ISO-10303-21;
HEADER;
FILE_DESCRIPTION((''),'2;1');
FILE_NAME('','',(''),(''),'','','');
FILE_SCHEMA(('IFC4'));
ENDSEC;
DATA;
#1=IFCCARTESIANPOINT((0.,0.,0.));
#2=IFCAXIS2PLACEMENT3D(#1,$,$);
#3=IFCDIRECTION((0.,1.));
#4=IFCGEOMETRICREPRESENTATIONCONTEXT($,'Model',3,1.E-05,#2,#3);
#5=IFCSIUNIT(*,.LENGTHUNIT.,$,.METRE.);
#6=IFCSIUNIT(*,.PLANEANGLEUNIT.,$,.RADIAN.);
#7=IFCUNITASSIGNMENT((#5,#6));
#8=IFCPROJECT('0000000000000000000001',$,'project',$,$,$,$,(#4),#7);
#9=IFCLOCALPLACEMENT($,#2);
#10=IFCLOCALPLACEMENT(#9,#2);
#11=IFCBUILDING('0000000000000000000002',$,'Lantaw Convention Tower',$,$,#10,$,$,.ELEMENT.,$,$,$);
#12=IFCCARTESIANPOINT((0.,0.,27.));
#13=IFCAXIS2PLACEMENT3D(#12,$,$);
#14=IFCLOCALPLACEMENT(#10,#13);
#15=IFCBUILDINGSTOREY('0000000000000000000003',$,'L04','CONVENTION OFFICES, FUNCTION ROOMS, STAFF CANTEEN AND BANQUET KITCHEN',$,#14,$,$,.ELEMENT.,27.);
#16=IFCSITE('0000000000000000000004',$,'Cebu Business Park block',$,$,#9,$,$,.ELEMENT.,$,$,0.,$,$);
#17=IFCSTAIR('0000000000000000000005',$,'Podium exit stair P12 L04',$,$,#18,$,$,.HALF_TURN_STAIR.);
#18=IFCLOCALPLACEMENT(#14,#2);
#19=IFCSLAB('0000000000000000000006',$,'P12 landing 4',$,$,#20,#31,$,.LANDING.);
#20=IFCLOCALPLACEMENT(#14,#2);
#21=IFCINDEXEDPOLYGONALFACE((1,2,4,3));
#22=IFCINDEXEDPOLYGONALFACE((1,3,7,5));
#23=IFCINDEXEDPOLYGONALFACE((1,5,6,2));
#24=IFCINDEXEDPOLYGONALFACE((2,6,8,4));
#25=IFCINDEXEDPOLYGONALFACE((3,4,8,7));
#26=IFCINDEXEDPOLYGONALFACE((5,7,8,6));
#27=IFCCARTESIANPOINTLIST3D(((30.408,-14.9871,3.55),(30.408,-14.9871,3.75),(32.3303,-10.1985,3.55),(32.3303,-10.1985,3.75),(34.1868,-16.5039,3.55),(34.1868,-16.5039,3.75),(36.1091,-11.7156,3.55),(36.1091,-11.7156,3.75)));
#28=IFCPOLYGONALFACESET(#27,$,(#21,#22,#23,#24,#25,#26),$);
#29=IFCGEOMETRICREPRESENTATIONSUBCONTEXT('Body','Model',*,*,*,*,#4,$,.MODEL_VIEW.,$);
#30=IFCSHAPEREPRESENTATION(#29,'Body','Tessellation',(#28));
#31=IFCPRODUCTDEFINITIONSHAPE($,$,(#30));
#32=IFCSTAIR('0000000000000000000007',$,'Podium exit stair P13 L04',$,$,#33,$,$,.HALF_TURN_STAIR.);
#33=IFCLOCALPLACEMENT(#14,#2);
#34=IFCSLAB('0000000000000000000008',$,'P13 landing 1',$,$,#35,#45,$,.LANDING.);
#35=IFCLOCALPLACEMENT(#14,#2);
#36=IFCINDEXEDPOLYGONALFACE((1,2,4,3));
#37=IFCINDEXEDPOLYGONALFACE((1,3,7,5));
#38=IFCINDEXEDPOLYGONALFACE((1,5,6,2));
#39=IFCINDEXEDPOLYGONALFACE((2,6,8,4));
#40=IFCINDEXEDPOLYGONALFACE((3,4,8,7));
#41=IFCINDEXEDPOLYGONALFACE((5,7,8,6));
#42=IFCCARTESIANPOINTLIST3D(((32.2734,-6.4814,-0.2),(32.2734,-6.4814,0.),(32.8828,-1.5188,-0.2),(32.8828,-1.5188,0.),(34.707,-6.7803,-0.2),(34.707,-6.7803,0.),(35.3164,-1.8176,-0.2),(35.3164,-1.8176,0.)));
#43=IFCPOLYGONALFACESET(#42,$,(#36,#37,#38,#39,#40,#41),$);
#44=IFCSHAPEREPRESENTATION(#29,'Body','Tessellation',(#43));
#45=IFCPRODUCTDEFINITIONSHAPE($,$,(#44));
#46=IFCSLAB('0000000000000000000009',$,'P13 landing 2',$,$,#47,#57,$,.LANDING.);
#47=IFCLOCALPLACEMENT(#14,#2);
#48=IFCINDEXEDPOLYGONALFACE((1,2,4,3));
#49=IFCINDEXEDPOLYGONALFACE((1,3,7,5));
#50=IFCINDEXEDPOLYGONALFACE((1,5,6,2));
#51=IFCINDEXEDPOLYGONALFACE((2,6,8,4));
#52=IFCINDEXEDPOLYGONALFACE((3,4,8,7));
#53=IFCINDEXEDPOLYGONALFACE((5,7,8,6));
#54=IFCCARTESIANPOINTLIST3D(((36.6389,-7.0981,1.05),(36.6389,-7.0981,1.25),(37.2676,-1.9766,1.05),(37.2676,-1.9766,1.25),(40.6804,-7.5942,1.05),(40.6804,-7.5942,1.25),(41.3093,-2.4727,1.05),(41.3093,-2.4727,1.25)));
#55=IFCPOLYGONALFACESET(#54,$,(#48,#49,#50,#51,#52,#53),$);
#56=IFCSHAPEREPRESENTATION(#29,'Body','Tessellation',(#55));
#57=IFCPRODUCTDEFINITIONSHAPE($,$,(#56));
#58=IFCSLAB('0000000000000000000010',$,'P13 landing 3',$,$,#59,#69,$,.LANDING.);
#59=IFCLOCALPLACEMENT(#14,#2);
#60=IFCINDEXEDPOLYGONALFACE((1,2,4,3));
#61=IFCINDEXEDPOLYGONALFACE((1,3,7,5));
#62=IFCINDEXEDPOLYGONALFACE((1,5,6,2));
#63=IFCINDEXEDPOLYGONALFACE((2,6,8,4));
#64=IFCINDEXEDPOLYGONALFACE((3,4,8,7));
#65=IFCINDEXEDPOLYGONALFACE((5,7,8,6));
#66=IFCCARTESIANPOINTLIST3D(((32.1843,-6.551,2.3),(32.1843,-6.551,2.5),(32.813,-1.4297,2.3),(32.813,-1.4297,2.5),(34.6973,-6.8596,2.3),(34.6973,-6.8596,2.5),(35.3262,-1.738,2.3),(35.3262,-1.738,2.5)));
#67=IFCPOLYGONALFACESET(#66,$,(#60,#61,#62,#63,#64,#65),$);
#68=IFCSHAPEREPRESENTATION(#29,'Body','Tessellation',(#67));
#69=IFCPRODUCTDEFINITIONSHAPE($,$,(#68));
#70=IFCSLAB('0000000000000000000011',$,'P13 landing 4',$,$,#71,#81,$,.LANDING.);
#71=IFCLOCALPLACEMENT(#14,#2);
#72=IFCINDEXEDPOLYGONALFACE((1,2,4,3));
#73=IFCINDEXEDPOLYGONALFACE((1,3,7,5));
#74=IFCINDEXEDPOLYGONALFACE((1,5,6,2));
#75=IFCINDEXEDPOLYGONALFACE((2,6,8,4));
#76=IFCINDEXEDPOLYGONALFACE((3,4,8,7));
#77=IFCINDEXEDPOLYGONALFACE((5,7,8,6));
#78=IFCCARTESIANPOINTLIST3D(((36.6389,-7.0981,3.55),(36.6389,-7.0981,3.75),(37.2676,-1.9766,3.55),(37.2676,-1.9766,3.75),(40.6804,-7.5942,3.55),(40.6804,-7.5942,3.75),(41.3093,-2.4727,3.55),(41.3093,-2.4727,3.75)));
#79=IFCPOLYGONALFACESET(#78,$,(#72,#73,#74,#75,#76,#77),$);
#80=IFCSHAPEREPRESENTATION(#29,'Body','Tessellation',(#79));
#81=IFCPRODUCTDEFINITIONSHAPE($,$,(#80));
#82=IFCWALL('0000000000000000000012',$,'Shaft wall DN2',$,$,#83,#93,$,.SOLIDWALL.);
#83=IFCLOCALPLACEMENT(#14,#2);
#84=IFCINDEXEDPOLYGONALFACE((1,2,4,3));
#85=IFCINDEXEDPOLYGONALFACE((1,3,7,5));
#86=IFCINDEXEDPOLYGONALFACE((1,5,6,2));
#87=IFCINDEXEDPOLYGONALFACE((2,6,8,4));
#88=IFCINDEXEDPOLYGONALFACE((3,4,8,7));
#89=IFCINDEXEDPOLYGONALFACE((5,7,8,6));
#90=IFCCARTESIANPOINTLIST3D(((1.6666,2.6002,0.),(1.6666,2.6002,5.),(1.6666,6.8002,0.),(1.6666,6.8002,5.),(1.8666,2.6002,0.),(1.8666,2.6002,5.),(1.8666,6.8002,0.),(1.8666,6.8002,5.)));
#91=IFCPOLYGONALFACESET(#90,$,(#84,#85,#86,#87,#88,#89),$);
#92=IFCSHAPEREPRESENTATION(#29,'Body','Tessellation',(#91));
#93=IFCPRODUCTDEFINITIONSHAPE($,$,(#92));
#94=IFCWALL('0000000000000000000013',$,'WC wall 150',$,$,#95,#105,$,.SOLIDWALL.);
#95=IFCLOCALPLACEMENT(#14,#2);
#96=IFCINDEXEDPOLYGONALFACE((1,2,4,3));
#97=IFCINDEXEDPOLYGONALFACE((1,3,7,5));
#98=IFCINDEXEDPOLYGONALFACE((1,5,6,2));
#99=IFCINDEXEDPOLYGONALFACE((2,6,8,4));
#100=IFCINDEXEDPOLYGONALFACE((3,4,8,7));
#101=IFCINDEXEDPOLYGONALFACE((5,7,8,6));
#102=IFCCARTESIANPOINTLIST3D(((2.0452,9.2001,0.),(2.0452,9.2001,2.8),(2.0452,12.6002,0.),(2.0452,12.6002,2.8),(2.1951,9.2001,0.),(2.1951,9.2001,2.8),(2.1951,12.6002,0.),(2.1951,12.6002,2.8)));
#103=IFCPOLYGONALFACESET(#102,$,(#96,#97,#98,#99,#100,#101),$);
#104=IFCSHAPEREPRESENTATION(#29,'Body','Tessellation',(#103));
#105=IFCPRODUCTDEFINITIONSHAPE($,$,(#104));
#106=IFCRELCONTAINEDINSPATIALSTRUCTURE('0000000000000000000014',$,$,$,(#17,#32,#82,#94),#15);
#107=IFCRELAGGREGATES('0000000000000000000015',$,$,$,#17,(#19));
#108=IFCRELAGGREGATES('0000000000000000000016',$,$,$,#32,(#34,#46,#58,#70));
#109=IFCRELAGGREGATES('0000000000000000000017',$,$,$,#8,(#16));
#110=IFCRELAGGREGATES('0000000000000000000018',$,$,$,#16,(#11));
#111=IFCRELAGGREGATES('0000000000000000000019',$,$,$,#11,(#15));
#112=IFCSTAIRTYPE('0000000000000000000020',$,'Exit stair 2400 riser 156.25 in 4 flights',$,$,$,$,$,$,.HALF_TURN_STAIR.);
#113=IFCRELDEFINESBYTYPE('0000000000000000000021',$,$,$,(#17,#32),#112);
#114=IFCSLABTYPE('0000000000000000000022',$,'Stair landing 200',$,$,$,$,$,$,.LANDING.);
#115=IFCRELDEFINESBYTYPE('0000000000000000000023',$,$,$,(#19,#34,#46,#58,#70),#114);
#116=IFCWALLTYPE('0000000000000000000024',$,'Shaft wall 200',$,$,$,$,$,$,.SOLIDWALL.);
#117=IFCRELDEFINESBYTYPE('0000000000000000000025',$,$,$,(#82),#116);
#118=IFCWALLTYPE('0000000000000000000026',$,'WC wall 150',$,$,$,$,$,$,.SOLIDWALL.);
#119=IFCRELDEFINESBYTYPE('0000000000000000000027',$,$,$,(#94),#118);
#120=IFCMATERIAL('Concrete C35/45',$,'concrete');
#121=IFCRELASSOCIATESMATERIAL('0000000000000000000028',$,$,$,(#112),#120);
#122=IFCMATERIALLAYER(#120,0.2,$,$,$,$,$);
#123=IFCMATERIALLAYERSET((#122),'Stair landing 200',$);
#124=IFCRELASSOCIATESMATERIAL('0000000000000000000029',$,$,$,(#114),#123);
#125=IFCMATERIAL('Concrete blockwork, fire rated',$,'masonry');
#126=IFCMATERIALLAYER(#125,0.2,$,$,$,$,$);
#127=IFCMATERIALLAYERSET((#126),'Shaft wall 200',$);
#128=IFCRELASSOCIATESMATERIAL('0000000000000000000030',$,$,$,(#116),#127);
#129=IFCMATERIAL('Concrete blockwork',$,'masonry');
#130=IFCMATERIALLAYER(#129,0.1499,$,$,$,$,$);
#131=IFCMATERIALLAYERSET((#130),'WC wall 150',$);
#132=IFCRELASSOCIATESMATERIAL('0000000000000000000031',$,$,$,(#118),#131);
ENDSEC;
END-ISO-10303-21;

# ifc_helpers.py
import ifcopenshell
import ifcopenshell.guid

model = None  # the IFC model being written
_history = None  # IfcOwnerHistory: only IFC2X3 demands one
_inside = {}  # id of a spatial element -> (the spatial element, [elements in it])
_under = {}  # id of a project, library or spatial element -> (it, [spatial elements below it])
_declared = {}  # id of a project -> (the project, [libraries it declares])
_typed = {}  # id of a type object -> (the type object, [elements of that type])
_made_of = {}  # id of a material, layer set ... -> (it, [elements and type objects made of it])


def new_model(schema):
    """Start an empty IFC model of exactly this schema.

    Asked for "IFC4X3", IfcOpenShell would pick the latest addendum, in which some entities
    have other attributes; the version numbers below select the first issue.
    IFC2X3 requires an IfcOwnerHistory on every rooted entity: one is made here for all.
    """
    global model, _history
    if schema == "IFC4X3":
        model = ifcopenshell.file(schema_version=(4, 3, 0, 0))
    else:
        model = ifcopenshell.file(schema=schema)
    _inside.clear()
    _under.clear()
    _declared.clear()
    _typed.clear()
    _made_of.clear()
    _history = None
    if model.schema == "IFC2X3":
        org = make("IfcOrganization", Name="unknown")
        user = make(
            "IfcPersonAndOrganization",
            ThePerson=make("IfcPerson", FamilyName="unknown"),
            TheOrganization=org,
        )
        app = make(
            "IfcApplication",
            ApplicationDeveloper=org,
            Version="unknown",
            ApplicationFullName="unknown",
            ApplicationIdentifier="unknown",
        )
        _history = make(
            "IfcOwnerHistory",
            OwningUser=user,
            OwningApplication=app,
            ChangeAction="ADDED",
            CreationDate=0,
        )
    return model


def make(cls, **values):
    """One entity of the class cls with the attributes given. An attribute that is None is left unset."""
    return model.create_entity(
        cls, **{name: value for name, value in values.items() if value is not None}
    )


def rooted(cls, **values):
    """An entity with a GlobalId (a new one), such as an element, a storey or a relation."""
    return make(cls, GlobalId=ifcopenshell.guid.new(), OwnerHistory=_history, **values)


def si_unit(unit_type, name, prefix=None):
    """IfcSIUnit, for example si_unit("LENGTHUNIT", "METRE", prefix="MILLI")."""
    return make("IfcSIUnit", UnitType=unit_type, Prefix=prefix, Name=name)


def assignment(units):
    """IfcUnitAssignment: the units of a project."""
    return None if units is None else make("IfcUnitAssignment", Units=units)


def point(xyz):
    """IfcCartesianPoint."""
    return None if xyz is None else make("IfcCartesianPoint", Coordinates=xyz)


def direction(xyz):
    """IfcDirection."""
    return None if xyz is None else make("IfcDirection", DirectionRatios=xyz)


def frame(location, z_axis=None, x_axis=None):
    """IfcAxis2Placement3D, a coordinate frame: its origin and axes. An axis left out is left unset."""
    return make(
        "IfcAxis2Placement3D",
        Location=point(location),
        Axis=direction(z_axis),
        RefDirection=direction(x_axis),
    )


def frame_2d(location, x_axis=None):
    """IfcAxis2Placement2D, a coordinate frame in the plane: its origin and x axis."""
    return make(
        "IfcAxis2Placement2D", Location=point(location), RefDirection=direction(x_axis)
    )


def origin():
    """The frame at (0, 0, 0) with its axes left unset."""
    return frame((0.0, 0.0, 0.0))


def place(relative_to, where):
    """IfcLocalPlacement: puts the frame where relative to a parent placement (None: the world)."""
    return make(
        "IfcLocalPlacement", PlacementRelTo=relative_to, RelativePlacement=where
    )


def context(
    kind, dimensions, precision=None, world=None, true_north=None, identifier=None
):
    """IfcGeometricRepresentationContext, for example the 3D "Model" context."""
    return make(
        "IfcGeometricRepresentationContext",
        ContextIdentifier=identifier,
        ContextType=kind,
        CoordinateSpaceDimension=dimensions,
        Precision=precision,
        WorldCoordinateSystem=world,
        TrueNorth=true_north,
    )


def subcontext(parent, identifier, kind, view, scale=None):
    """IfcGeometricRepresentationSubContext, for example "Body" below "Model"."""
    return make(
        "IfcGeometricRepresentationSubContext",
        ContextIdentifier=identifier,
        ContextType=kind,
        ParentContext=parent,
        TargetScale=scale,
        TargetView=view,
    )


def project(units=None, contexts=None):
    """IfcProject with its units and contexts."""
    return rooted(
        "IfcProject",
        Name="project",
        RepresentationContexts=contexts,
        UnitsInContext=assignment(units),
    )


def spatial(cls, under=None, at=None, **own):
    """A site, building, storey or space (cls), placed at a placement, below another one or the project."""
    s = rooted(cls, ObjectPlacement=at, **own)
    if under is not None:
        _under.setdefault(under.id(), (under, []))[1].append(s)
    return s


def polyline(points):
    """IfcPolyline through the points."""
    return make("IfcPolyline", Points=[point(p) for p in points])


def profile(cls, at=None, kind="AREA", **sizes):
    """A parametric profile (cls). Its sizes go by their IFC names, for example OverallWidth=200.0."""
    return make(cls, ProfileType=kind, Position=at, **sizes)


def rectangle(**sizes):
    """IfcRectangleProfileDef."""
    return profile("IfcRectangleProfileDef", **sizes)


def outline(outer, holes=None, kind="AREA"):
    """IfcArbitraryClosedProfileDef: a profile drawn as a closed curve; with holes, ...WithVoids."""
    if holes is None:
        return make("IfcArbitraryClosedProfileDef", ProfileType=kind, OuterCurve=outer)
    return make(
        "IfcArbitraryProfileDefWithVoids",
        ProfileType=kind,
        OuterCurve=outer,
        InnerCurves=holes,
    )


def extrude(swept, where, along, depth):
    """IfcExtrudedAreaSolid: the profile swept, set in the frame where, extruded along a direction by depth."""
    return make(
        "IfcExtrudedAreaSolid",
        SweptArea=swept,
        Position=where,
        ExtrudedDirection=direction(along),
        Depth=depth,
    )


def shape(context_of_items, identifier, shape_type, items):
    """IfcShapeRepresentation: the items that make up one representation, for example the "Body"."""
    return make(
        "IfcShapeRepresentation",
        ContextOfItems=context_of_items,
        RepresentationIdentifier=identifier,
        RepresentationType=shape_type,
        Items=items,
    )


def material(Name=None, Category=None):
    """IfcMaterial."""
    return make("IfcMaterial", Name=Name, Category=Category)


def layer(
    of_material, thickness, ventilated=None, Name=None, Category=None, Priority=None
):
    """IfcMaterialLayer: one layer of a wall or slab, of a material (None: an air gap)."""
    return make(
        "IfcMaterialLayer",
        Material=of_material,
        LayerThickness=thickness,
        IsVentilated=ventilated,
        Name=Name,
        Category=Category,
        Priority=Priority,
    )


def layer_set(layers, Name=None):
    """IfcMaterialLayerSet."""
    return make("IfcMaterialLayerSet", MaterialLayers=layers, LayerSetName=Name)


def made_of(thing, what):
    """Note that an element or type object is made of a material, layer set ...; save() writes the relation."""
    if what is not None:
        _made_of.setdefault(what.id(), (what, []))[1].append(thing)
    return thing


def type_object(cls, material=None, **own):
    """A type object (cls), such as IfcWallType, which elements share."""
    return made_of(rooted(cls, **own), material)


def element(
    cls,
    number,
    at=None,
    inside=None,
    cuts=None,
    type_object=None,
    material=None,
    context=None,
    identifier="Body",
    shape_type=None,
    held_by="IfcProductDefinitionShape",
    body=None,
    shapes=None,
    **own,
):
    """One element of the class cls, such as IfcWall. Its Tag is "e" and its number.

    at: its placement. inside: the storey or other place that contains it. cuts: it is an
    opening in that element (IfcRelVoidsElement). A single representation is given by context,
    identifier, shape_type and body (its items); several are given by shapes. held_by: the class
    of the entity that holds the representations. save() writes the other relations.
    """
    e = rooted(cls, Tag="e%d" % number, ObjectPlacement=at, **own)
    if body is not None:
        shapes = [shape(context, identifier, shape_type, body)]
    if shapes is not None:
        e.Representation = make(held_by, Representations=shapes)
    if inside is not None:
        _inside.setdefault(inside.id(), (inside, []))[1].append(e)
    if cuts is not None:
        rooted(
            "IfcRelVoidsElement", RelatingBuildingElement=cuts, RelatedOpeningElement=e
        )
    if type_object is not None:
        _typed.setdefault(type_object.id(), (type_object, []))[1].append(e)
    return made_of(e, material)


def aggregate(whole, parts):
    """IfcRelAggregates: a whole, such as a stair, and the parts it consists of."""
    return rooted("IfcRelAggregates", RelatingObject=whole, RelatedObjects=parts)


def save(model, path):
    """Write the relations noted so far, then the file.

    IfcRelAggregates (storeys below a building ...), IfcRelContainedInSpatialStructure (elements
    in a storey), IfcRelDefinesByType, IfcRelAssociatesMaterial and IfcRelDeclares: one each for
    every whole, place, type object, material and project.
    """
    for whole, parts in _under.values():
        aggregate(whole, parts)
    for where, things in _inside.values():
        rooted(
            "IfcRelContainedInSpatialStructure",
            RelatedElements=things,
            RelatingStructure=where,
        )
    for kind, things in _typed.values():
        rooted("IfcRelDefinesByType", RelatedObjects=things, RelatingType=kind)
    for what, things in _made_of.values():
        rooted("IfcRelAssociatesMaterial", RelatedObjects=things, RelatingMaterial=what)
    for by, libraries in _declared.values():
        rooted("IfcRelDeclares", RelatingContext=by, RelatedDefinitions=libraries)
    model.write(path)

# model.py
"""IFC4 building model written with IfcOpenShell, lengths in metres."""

from ifc_helpers import new_model, si_unit, direction, frame, frame_2d, origin, place, context, subcontext, project, spatial, polyline, rectangle, outline, extrude, material, layer, layer_set, type_object, element, aggregate, save


model = new_model("IFC4")

# Units and contexts
model_context = context("Model", 3, precision=1e-05, world=origin(), true_north=direction((0.0, 1.0)))
body_context = subcontext(model_context, "Body", "Model", "MODEL_VIEW")
ifc_project = project(units=[si_unit("LENGTHUNIT", "METRE"), si_unit("PLANEANGLEUNIT", "RADIAN")], contexts=[model_context])

# Site, building, storey
site_placement = place(None, origin())
site = spatial("IfcSite", under=ifc_project, at=site_placement, Name="Cebu Business Park block", CompositionType="ELEMENT", RefElevation=0.0)
building_placement = place(site_placement, origin())
building = spatial("IfcBuilding", under=site, at=building_placement, Name="Lantaw Convention Tower", CompositionType="ELEMENT")
storey_placement = place(building_placement, frame((0.0, 0.0, 27.0)))
storey = spatial("IfcBuildingStorey", under=building, at=storey_placement, Name="L04", Description="CONVENTION OFFICES, FUNCTION ROOMS, STAFF CANTEEN AND BANQUET KITCHEN", CompositionType="ELEMENT", Elevation=27.0)

# Stairs, slabs
ifc_material_1 = material(Name="Concrete C35/45", Category="concrete")
stair_type = type_object("IfcStairType", Name="Exit stair 2400 riser 156.25 in 4 flights", PredefinedType="HALF_TURN_STAIR", material=ifc_material_1)
ifc_layer_1 = layer(ifc_material_1, 0.2)
ifc_layer_set_1 = layer_set([ifc_layer_1], Name="Stair landing 200")
slab_type = type_object("IfcSlabType", Name="Stair landing 200", PredefinedType="LANDING", material=ifc_layer_set_1)
stair_1_placement = place(storey_placement, origin())
stair_1 = element("IfcStair", 1, at=stair_1_placement, inside=storey, type_object=stair_type, Name="Podium exit stair P12 L04", PredefinedType="HALF_TURN_STAIR")
slab_1_placement = place(storey_placement, frame((0.0, 0.0, 3.55)))
slab_1 = element("IfcSlab", 2, at=slab_1_placement, type_object=slab_type, Name="P12 landing 4", PredefinedType="LANDING", context=body_context, shape_type="SweptSolid", body=[
    extrude(outline(polyline([(30.408, -14.9871), (34.1868, -16.5039), (36.1091, -11.7156), (32.3303, -10.1985), (30.408, -14.9871)])), origin(), (0.0, 0.0, 1.0), 0.2),
])
aggregate(stair_1, [slab_1])
stair_2_placement = place(storey_placement, origin())
stair_2 = element("IfcStair", 3, at=stair_2_placement, inside=storey, type_object=stair_type, Name="Podium exit stair P13 L04", PredefinedType="HALF_TURN_STAIR")
slab_2_placement = place(storey_placement, frame((0.0, 0.0, -0.2)))
slab_2 = element("IfcSlab", 4, at=slab_2_placement, type_object=slab_type, Name="P13 landing 1", PredefinedType="LANDING", context=body_context, shape_type="SweptSolid", body=[
    extrude(outline(polyline([(32.2734, -6.4814), (34.707, -6.7803), (35.3164, -1.8176), (32.8828, -1.5188), (32.2734, -6.4814)])), origin(), (0.0, 0.0, 1.0), 0.2),
])
slab_3_placement = place(storey_placement, frame((0.0, 0.0, 1.05)))
slab_3 = element("IfcSlab", 5, at=slab_3_placement, type_object=slab_type, Name="P13 landing 2", PredefinedType="LANDING", context=body_context, shape_type="SweptSolid", body=[
    extrude(outline(polyline([(36.6389, -7.0981), (40.6804, -7.5942), (41.3093, -2.4727), (37.2676, -1.9766), (36.6389, -7.0981)])), origin(), (0.0, 0.0, 1.0), 0.2),
])
slab_4_placement = place(storey_placement, frame((0.0, 0.0, 2.3)))
slab_4 = element("IfcSlab", 6, at=slab_4_placement, type_object=slab_type, Name="P13 landing 3", PredefinedType="LANDING", context=body_context, shape_type="SweptSolid", body=[
    extrude(outline(polyline([(32.1843, -6.551), (34.6973, -6.8596), (35.3262, -1.738), (32.813, -1.4297), (32.1843, -6.551)])), origin(), (0.0, 0.0, 1.0), 0.2),
])
slab_5_placement = place(storey_placement, frame((0.0, 0.0, 3.55)))
slab_5 = element("IfcSlab", 7, at=slab_5_placement, type_object=slab_type, Name="P13 landing 4", PredefinedType="LANDING", context=body_context, shape_type="SweptSolid", body=[
    extrude(outline(polyline([(36.6389, -7.0981), (40.6804, -7.5942), (41.3093, -2.4727), (37.2676, -1.9766), (36.6389, -7.0981)])), origin(), (0.0, 0.0, 1.0), 0.2),
])
aggregate(stair_2, [slab_2, slab_3, slab_4, slab_5])

# Walls
ifc_material_2 = material(Name="Concrete blockwork, fire rated", Category="masonry")
ifc_layer_2 = layer(ifc_material_2, 0.2)
ifc_layer_set_2 = layer_set([ifc_layer_2], Name="Shaft wall 200")
wall_type_1 = type_object("IfcWallType", Name="Shaft wall 200", PredefinedType="SOLIDWALL", material=ifc_layer_set_2)
wall_1_placement = place(storey_placement, frame((1.7666, 2.6001, 0.0), z_axis=(0.0, 0.0, 1.0), x_axis=(0.0, 1.0, 0.0)))
element("IfcWall", 8, at=wall_1_placement, inside=storey, type_object=wall_type_1, Name="Shaft wall DN2", PredefinedType="SOLIDWALL", context=body_context, shape_type="SweptSolid", body=[
    extrude(rectangle(XDim=4.2, YDim=0.2, at=frame_2d((2.1001, 0.0))), origin(), (0.0, 0.0, 1.0), 5.0),
])
ifc_material_3 = material(Name="Concrete blockwork", Category="masonry")
ifc_layer_3 = layer(ifc_material_3, 0.1499)
ifc_layer_set_3 = layer_set([ifc_layer_3], Name="WC wall 150")
wall_type_2 = type_object("IfcWallType", Name="WC wall 150", PredefinedType="SOLIDWALL", material=ifc_layer_set_3)
wall_2_placement = place(storey_placement, frame((2.1201, 9.2, 0.0), z_axis=(0.0, 0.0, 1.0), x_axis=(0.0, 1.0, 0.0)))
element("IfcWall", 9, at=wall_2_placement, inside=storey, type_object=wall_type_2, Name="WC wall 150", PredefinedType="SOLIDWALL", context=body_context, shape_type="SweptSolid", body=[
    extrude(rectangle(XDim=3.4001, YDim=0.1499, at=frame_2d((1.7002, 0.0))), origin(), (0.0, 0.0, 1.0), 2.8),
])

save(model, "model.ifc")
